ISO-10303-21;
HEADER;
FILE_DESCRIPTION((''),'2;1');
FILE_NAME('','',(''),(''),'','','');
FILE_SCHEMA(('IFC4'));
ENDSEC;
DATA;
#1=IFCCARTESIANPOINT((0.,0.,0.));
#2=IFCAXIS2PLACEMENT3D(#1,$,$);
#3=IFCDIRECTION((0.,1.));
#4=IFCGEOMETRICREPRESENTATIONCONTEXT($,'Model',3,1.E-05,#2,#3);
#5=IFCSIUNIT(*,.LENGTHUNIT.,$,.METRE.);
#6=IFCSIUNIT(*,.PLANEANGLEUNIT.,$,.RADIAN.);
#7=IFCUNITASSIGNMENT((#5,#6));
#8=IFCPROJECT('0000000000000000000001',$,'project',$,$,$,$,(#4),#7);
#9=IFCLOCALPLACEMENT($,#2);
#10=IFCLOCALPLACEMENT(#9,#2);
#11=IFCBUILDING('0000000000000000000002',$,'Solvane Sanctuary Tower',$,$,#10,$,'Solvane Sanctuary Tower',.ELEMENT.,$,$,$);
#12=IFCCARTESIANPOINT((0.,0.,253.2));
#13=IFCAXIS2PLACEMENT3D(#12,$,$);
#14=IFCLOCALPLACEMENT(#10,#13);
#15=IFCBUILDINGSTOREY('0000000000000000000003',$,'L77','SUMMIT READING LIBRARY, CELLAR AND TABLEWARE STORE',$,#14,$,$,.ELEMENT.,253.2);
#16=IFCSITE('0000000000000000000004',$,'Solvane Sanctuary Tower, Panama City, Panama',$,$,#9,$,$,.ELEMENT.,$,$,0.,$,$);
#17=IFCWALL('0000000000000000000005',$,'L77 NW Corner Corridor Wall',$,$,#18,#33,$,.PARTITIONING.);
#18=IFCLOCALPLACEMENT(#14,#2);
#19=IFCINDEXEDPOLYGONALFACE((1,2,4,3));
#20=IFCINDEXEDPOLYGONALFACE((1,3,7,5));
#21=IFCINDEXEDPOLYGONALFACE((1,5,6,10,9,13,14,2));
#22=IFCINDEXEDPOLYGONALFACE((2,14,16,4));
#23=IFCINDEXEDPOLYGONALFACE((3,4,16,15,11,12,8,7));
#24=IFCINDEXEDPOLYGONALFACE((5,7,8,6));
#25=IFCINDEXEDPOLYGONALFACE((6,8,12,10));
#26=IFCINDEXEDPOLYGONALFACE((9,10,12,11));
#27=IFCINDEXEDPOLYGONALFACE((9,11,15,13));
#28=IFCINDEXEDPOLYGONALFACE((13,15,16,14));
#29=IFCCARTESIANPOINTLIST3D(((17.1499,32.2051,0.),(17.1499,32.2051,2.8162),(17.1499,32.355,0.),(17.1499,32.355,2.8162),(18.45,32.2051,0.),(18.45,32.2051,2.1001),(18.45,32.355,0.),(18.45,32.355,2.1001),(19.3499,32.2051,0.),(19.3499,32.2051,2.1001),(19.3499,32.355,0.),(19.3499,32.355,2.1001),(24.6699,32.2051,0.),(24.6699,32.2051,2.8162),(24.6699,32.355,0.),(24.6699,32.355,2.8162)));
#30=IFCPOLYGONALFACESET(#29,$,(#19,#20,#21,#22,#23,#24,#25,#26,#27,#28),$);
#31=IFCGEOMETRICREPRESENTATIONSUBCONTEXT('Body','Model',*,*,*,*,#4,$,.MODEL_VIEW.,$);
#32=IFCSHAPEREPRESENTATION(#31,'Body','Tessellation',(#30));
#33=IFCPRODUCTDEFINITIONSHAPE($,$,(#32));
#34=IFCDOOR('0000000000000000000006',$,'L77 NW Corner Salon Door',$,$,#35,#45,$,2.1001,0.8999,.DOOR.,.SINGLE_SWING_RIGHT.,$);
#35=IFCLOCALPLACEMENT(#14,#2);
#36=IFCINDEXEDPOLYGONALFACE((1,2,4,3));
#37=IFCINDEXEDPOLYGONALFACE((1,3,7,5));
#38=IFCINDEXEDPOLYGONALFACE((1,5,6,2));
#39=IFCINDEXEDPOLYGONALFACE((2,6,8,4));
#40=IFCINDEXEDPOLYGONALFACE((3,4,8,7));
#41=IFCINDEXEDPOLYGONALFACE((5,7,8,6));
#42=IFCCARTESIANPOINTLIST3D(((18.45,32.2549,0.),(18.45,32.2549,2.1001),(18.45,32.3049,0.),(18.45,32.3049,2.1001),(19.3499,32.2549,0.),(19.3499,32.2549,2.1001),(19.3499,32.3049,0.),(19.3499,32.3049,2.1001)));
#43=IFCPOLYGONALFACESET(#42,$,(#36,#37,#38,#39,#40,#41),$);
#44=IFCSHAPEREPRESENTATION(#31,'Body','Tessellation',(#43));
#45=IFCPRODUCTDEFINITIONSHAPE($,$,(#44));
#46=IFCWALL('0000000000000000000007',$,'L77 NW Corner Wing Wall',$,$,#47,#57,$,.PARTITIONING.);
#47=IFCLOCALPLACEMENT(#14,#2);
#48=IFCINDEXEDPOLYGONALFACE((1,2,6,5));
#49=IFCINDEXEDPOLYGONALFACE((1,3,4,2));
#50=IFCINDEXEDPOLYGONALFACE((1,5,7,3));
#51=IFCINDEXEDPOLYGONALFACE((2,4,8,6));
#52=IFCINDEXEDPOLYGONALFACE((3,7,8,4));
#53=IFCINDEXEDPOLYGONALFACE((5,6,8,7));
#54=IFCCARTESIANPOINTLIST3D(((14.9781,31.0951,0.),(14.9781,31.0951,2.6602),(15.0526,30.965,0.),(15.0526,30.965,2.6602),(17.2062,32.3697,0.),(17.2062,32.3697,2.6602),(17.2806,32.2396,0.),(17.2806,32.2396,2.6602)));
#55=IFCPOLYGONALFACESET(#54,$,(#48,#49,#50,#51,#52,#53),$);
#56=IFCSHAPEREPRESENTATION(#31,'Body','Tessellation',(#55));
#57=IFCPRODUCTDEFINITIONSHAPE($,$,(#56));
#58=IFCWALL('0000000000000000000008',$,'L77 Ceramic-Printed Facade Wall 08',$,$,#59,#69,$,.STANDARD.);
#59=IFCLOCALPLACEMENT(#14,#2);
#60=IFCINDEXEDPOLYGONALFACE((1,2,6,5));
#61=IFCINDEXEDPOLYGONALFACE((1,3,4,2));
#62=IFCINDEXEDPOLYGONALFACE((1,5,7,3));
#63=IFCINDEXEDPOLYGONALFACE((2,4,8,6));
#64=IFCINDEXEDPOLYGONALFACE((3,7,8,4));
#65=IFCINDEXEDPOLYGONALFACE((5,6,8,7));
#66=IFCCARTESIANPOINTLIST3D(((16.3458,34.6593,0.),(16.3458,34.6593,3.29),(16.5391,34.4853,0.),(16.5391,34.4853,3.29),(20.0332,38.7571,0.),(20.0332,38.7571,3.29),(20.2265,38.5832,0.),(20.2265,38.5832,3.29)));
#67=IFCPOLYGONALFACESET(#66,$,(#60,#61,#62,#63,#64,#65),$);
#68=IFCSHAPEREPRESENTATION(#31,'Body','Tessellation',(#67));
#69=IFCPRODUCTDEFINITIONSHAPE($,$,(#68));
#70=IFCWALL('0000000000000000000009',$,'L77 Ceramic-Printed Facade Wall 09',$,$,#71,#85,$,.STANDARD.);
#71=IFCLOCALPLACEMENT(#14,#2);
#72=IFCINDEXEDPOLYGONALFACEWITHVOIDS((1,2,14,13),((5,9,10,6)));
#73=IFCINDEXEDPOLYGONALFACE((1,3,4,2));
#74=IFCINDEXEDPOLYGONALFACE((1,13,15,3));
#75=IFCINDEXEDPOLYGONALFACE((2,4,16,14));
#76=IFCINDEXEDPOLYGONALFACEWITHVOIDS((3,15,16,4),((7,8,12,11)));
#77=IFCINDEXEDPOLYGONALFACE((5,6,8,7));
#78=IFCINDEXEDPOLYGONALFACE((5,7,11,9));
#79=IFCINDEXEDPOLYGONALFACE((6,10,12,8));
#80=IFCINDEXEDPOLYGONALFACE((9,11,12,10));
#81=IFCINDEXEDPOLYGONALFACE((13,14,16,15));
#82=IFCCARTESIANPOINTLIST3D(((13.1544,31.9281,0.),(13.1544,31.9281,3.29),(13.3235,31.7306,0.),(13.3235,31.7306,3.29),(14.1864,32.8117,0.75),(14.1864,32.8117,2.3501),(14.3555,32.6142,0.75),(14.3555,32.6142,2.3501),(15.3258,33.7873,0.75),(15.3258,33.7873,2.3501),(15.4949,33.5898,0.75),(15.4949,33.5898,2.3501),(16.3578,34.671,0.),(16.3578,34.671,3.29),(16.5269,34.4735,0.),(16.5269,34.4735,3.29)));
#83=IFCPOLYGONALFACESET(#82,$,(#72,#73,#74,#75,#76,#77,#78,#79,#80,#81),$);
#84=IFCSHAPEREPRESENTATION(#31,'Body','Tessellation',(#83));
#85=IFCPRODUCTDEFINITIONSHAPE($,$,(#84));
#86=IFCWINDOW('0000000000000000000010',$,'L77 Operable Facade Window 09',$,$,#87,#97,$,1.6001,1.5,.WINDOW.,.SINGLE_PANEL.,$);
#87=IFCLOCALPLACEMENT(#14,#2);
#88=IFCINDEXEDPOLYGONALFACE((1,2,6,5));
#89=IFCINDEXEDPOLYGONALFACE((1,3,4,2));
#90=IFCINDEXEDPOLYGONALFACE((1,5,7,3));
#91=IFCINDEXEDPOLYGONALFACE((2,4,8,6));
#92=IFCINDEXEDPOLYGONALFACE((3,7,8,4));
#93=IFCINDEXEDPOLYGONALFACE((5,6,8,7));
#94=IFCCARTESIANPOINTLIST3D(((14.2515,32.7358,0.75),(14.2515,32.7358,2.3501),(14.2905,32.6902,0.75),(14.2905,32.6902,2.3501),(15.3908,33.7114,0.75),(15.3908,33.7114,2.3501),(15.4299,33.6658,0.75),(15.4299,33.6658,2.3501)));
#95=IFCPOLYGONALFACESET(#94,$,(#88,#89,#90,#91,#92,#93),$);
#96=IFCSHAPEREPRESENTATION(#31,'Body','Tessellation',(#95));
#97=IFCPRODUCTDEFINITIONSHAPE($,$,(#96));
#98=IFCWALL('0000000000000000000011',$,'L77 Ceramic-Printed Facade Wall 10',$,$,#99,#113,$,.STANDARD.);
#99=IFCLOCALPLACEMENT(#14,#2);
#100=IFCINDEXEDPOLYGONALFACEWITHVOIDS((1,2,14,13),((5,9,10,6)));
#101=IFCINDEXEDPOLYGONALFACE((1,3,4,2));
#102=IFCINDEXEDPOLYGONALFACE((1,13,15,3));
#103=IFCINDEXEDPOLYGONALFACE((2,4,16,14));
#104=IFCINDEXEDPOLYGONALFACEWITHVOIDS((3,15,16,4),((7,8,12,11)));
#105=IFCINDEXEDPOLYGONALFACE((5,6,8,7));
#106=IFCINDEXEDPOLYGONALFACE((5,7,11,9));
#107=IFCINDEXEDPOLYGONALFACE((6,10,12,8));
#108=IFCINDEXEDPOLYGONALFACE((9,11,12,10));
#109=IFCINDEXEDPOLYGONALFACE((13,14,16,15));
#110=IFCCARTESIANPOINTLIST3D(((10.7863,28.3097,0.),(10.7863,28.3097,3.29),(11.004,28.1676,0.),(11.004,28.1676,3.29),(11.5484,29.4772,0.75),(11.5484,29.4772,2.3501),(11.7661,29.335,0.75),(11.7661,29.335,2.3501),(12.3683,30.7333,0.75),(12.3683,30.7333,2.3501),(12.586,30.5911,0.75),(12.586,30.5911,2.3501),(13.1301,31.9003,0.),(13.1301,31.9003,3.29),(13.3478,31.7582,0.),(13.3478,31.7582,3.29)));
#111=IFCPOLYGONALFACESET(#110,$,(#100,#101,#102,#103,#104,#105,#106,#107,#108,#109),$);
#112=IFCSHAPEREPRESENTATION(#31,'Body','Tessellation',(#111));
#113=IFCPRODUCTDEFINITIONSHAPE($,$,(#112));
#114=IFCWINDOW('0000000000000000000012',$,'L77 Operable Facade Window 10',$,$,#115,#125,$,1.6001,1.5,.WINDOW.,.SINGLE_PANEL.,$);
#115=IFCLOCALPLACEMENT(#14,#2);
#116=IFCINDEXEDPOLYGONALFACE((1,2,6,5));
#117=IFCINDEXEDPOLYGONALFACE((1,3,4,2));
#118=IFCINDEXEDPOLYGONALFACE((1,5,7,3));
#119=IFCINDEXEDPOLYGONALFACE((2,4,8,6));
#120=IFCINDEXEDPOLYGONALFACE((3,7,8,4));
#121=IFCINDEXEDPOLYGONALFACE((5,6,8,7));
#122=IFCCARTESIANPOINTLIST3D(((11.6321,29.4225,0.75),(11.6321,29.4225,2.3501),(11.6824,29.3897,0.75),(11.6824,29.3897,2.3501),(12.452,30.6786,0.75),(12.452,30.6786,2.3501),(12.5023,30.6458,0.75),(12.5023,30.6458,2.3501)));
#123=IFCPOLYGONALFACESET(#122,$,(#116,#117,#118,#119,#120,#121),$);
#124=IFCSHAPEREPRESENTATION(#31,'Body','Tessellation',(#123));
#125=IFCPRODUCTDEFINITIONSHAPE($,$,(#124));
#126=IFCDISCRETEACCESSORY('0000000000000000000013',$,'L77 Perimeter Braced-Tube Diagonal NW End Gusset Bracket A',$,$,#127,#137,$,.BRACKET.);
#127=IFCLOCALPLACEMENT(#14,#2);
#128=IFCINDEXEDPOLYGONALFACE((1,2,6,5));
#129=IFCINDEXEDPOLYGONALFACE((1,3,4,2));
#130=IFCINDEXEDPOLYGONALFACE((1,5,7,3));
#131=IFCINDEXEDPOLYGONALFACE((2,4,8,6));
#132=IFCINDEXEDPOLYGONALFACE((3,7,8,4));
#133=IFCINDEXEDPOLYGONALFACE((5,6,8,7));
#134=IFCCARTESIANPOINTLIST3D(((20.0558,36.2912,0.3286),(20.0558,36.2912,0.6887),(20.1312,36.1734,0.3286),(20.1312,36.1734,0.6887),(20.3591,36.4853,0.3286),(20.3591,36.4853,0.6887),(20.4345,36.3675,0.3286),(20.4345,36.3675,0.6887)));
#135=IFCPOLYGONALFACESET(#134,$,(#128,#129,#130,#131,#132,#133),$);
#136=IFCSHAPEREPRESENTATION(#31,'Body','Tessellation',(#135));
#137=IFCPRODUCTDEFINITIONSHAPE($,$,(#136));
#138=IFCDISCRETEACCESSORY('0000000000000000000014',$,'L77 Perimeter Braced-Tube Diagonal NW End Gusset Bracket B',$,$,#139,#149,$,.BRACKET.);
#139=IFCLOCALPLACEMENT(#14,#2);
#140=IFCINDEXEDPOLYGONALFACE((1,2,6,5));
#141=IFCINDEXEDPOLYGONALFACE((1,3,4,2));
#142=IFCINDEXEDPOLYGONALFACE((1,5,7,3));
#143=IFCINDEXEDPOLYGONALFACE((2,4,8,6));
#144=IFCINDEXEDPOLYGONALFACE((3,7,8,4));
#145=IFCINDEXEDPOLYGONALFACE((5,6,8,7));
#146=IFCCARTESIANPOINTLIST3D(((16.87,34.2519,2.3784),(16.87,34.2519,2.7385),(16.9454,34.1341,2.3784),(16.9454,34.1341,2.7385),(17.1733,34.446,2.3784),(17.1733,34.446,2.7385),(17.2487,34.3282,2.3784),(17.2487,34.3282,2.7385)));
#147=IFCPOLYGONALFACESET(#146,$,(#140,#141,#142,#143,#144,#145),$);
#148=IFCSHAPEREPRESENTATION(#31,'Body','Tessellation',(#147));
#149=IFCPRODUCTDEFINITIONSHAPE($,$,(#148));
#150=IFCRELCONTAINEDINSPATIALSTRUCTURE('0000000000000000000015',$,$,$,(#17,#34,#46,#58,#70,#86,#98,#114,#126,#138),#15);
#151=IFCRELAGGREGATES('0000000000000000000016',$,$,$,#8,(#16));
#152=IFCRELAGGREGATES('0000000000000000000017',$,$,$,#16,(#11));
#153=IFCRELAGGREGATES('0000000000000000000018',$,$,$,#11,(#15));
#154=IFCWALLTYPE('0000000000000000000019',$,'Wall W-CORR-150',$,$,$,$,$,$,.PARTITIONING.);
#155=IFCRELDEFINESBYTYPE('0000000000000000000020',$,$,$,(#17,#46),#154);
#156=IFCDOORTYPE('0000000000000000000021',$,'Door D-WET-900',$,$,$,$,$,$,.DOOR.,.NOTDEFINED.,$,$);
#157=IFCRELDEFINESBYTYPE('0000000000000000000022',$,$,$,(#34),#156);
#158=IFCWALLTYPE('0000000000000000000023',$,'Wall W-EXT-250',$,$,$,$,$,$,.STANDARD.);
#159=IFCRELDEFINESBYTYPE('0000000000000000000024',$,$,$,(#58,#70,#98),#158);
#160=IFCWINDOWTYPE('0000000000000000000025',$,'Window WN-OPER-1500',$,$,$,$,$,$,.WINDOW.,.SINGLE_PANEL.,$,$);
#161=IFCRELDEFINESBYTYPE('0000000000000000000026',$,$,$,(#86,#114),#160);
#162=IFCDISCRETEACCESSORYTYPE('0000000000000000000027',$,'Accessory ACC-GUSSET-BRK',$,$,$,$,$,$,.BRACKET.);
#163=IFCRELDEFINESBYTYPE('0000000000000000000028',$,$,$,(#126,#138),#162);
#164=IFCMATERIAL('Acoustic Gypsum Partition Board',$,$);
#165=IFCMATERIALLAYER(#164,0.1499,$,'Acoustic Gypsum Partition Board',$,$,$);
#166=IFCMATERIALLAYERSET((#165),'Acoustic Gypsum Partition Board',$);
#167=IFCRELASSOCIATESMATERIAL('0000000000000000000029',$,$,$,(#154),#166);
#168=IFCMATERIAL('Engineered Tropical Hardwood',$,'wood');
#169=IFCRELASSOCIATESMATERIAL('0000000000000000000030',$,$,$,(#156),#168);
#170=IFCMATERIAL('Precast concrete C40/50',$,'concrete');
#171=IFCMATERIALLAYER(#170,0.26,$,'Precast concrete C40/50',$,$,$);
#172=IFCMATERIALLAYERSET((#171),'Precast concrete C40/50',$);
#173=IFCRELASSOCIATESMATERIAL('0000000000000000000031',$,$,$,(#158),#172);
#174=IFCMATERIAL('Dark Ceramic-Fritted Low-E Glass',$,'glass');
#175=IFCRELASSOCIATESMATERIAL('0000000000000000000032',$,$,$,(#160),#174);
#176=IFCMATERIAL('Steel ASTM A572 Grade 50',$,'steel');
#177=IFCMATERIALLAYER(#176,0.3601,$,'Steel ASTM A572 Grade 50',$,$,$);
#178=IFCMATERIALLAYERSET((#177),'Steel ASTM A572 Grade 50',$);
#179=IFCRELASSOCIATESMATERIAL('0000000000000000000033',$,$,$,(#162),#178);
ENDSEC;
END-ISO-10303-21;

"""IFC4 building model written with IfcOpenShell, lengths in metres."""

from ifc_helpers import new_model, si_unit, direction, frame, frame_2d, origin, origin_2d, place, context, subcontext, project, spatial, rectangle, extrude, material, layer, layer_set, type_object, element, fill, save


model = new_model("IFC4")

# Units and contexts
model_context = context("Model", 3, precision=1e-05, world=origin(), true_north=direction((0.0, 1.0)))
body_context = subcontext(model_context, "Body", "Model", "MODEL_VIEW")
ifc_project = project(units=[si_unit("LENGTHUNIT", "METRE"), si_unit("PLANEANGLEUNIT", "RADIAN")], contexts=[model_context])

# Site, building, storey
site_placement = place(None, origin())
site = spatial("IfcSite", under=ifc_project, at=site_placement, Name="Solvane Sanctuary Tower, Panama City, Panama", CompositionType="ELEMENT", RefElevation=0.0)
building_placement = place(site_placement, origin())
building = spatial("IfcBuilding", under=site, at=building_placement, Name="Solvane Sanctuary Tower", LongName="Solvane Sanctuary Tower", CompositionType="ELEMENT")
storey_placement = place(building_placement, frame((0.0, 0.0, 253.2)))
storey = spatial("IfcBuildingStorey", under=building, at=storey_placement, Name="L77", Description="SUMMIT READING LIBRARY, CELLAR AND TABLEWARE STORE", CompositionType="ELEMENT", Elevation=253.2)

# Shared definitions
ifc_material_1 = material(Name="Dark Ceramic-Fritted Low-E Glass", Category="glass")

# Wall, opening, door
ifc_material_2 = material(Name="Acoustic Gypsum Partition Board")
ifc_layer_1 = layer(ifc_material_2, 0.1499, Name="Acoustic Gypsum Partition Board")
ifc_layer_set_1 = layer_set([ifc_layer_1], Name="Acoustic Gypsum Partition Board")
wall_type_1 = type_object("IfcWallType", Name="Wall W-CORR-150", PredefinedType="PARTITIONING", material=ifc_layer_set_1)
wall_1_placement = place(storey_placement, frame((17.1499, 32.28, 0.0), z_axis=(0.0, 0.0, 1.0), x_axis=(1.0, 0.0, 0.0)))
wall_1 = element("IfcWall", 1, at=wall_1_placement, inside=storey, type_object=wall_type_1, Name="L77 NW Corner Corridor Wall", PredefinedType="PARTITIONING", context=body_context, shape_type="SweptSolid", body=[
    extrude(rectangle(XDim=7.52, YDim=0.1499, at=frame_2d((3.76, 0.0))), origin(), (0.0, 0.0, 1.0), 2.8162),
])
opening_1_placement = place(wall_1_placement, frame((1.3, 0.0, 0.0)))
opening_1 = element("IfcOpeningElement", 2, at=opening_1_placement, cuts=wall_1, PredefinedType="OPENING", context=body_context, shape_type="SweptSolid", body=[
    extrude(rectangle(XDim=0.8999, YDim=2.1001, at=frame_2d((0.45, 1.05))), frame((0.0, 0.085, 0.0), z_axis=(0.0, -1.0, 0.0), x_axis=(1.0, 0.0, 0.0)), (0.0, 0.0, 1.0), 0.1699),
])
ifc_material_3 = material(Name="Engineered Tropical Hardwood", Category="wood")
door_type = type_object("IfcDoorType", Name="Door D-WET-900", OperationType="NOTDEFINED", PredefinedType="DOOR", material=ifc_material_3)
door_placement = place(opening_1_placement, origin())
door = element("IfcDoor", 3, at=door_placement, inside=storey, type_object=door_type, Name="L77 NW Corner Salon Door", OperationType="SINGLE_SWING_RIGHT", OverallHeight=2.1001, OverallWidth=0.8999, PredefinedType="DOOR", context=body_context, shape_type="SweptSolid", body=[
    extrude(rectangle(XDim=0.8999, YDim=2.1001, at=frame_2d((0.45, 1.05))), frame((0.0, 0.0249, 0.0), z_axis=(0.0, -1.0, 0.0), x_axis=(1.0, 0.0, 0.0)), (0.0, 0.0, 1.0), 0.05),
])
fill(opening_1, door)

# Walls
wall_2_placement = place(storey_placement, frame((17.2434, 32.3047, 0.0), z_axis=(0.0, 0.0, 1.0), x_axis=(-0.867991, -0.496579, 0.0)))
element("IfcWall", 4, at=wall_2_placement, inside=storey, type_object=wall_type_1, Name="L77 NW Corner Wing Wall", PredefinedType="PARTITIONING", context=body_context, shape_type="SweptSolid", body=[
    extrude(rectangle(XDim=2.5669, YDim=0.1499, at=frame_2d((1.2834, 0.0))), origin(), (0.0, 0.0, 1.0), 2.6602),
])
ifc_material_4 = material(Name="Precast concrete C40/50", Category="concrete")
ifc_layer_2 = layer(ifc_material_4, 0.26, Name="Precast concrete C40/50")
ifc_layer_set_2 = layer_set([ifc_layer_2], Name="Precast concrete C40/50")
wall_type_2 = type_object("IfcWallType", Name="Wall W-EXT-250", PredefinedType="STANDARD", material=ifc_layer_set_2)
wall_3_placement = place(storey_placement, frame((20.1299, 38.6702, 0.0), z_axis=(0.0, 0.0, 1.0), x_axis=(-0.668904, -0.743349, 0.0)))
element("IfcWall", 5, at=wall_3_placement, inside=storey, type_object=wall_type_2, Name="L77 Ceramic-Printed Facade Wall 08", PredefinedType="STANDARD", context=body_context, shape_type="SweptSolid", body=[
    extrude(rectangle(XDim=5.5127, YDim=0.26, at=frame_2d((2.7563, 0.0))), origin(), (0.0, 0.0, 1.0), 3.29),
])

# Walls, openings, windows
wall_4_placement = place(storey_placement, frame((16.4424, 34.5723, 0.0), z_axis=(0.0, 0.0, 1.0), x_axis=(-0.759588, -0.650405, 0.0)))
wall_4 = element("IfcWall", 6, at=wall_4_placement, inside=storey, type_object=wall_type_2, Name="L77 Ceramic-Printed Facade Wall 09", PredefinedType="STANDARD", context=body_context, shape_type="SweptSolid", body=[
    extrude(rectangle(XDim=4.2173, YDim=0.26, at=frame_2d((2.1086, 0.0))), origin(), (0.0, 0.0, 1.0), 3.29),
])
opening_2_placement = place(wall_4_placement, frame((1.3586, 0.0, 0.75)))
opening_2 = element("IfcOpeningElement", 7, at=opening_2_placement, cuts=wall_4, PredefinedType="OPENING", context=body_context, shape_type="SweptSolid", body=[
    extrude(rectangle(XDim=1.5, YDim=1.6001, at=frame_2d((0.75, 0.8))), frame((0.0, 0.1399, 0.0), z_axis=(0.0, -1.0, 0.0), x_axis=(1.0, 0.0, 0.0)), (0.0, 0.0, 1.0), 0.28),
])
window_type = type_object("IfcWindowType", Name="Window WN-OPER-1500", PartitioningType="SINGLE_PANEL", PredefinedType="WINDOW", material=ifc_material_1)
window_1_placement = place(opening_2_placement, origin())
window_1 = element("IfcWindow", 8, at=window_1_placement, inside=storey, type_object=window_type, Name="L77 Operable Facade Window 09", OverallHeight=1.6001, OverallWidth=1.5, PartitioningType="SINGLE_PANEL", PredefinedType="WINDOW", context=body_context, shape_type="SweptSolid", body=[
    extrude(rectangle(XDim=1.5, YDim=1.6001, at=frame_2d((0.75, 0.8))), frame((0.0, 0.03, 0.0), z_axis=(0.0, -1.0, 0.0), x_axis=(1.0, 0.0, 0.0)), (0.0, 0.0, 1.0), 0.0601),
])
fill(opening_2, window_1)
wall_5_placement = place(storey_placement, frame((13.239, 31.8293, 0.0), z_axis=(0.0, 0.0, 1.0), x_axis=(-0.546606, -0.83739, 0.0)))
wall_5 = element("IfcWall", 9, at=wall_5_placement, inside=storey, type_object=wall_type_2, Name="L77 Ceramic-Printed Facade Wall 10", PredefinedType="STANDARD", context=body_context, shape_type="SweptSolid", body=[
    extrude(rectangle(XDim=4.2878, YDim=0.26, at=frame_2d((2.144, 0.0))), origin(), (0.0, 0.0, 1.0), 3.29),
])
opening_3_placement = place(wall_5_placement, frame((1.3938, 0.0, 0.75)))
opening_3 = element("IfcOpeningElement", 10, at=opening_3_placement, cuts=wall_5, PredefinedType="OPENING", context=body_context, shape_type="SweptSolid", body=[
    extrude(rectangle(XDim=1.5, YDim=1.6001, at=frame_2d((0.75, 0.8))), frame((0.0, 0.1399, 0.0), z_axis=(0.0, -1.0, 0.0), x_axis=(1.0, 0.0, 0.0)), (0.0, 0.0, 1.0), 0.28),
])
window_2_placement = place(opening_3_placement, origin())
window_2 = element("IfcWindow", 11, at=window_2_placement, inside=storey, type_object=window_type, Name="L77 Operable Facade Window 10", OverallHeight=1.6001, OverallWidth=1.5, PartitioningType="SINGLE_PANEL", PredefinedType="WINDOW", context=body_context, shape_type="SweptSolid", body=[
    extrude(rectangle(XDim=1.5, YDim=1.6001, at=frame_2d((0.75, 0.8))), frame((0.0, 0.03, 0.0), z_axis=(0.0, -1.0, 0.0), x_axis=(1.0, 0.0, 0.0)), (0.0, 0.0, 1.0), 0.0601),
])
fill(opening_3, window_2)

# Discrete accessories
ifc_material_5 = material(Name="Steel ASTM A572 Grade 50", Category="steel")
ifc_layer_3 = layer(ifc_material_5, 0.3601, Name="Steel ASTM A572 Grade 50")
ifc_layer_set_3 = layer_set([ifc_layer_3], Name="Steel ASTM A572 Grade 50")
discrete_accessory_type = type_object("IfcDiscreteAccessoryType", Name="Accessory ACC-GUSSET-BRK", PredefinedType="BRACKET", material=ifc_layer_set_3)
for number, where, z_axis, x_axis, name in (
    (12, (20.2451, 36.3293, 0.3286), (0.0, 0.0, 1.0), (-0.842264, -0.539065, 0.0), "L77 Perimeter Braced-Tube Diagonal NW End Gusset Bracket A"),
    (13, (17.0593, 34.29, 2.3784), (0.0, 0.0, 1.0), (-0.842264, -0.539065, 0.0), "L77 Perimeter Braced-Tube Diagonal NW End Gusset Bracket B"),
):
    element("IfcDiscreteAccessory", number, at=place(storey_placement, frame(where, z_axis=z_axis, x_axis=x_axis)), inside=storey, type_object=discrete_accessory_type, Name=name, PredefinedType="BRACKET", context=body_context, shape_type="SweptSolid", body=[
        extrude(rectangle(XDim=0.3601, YDim=0.1399, at=origin_2d()), origin(), (0.0, 0.0, 1.0), 0.3601),
    ])

save(model, "model.ifc")
